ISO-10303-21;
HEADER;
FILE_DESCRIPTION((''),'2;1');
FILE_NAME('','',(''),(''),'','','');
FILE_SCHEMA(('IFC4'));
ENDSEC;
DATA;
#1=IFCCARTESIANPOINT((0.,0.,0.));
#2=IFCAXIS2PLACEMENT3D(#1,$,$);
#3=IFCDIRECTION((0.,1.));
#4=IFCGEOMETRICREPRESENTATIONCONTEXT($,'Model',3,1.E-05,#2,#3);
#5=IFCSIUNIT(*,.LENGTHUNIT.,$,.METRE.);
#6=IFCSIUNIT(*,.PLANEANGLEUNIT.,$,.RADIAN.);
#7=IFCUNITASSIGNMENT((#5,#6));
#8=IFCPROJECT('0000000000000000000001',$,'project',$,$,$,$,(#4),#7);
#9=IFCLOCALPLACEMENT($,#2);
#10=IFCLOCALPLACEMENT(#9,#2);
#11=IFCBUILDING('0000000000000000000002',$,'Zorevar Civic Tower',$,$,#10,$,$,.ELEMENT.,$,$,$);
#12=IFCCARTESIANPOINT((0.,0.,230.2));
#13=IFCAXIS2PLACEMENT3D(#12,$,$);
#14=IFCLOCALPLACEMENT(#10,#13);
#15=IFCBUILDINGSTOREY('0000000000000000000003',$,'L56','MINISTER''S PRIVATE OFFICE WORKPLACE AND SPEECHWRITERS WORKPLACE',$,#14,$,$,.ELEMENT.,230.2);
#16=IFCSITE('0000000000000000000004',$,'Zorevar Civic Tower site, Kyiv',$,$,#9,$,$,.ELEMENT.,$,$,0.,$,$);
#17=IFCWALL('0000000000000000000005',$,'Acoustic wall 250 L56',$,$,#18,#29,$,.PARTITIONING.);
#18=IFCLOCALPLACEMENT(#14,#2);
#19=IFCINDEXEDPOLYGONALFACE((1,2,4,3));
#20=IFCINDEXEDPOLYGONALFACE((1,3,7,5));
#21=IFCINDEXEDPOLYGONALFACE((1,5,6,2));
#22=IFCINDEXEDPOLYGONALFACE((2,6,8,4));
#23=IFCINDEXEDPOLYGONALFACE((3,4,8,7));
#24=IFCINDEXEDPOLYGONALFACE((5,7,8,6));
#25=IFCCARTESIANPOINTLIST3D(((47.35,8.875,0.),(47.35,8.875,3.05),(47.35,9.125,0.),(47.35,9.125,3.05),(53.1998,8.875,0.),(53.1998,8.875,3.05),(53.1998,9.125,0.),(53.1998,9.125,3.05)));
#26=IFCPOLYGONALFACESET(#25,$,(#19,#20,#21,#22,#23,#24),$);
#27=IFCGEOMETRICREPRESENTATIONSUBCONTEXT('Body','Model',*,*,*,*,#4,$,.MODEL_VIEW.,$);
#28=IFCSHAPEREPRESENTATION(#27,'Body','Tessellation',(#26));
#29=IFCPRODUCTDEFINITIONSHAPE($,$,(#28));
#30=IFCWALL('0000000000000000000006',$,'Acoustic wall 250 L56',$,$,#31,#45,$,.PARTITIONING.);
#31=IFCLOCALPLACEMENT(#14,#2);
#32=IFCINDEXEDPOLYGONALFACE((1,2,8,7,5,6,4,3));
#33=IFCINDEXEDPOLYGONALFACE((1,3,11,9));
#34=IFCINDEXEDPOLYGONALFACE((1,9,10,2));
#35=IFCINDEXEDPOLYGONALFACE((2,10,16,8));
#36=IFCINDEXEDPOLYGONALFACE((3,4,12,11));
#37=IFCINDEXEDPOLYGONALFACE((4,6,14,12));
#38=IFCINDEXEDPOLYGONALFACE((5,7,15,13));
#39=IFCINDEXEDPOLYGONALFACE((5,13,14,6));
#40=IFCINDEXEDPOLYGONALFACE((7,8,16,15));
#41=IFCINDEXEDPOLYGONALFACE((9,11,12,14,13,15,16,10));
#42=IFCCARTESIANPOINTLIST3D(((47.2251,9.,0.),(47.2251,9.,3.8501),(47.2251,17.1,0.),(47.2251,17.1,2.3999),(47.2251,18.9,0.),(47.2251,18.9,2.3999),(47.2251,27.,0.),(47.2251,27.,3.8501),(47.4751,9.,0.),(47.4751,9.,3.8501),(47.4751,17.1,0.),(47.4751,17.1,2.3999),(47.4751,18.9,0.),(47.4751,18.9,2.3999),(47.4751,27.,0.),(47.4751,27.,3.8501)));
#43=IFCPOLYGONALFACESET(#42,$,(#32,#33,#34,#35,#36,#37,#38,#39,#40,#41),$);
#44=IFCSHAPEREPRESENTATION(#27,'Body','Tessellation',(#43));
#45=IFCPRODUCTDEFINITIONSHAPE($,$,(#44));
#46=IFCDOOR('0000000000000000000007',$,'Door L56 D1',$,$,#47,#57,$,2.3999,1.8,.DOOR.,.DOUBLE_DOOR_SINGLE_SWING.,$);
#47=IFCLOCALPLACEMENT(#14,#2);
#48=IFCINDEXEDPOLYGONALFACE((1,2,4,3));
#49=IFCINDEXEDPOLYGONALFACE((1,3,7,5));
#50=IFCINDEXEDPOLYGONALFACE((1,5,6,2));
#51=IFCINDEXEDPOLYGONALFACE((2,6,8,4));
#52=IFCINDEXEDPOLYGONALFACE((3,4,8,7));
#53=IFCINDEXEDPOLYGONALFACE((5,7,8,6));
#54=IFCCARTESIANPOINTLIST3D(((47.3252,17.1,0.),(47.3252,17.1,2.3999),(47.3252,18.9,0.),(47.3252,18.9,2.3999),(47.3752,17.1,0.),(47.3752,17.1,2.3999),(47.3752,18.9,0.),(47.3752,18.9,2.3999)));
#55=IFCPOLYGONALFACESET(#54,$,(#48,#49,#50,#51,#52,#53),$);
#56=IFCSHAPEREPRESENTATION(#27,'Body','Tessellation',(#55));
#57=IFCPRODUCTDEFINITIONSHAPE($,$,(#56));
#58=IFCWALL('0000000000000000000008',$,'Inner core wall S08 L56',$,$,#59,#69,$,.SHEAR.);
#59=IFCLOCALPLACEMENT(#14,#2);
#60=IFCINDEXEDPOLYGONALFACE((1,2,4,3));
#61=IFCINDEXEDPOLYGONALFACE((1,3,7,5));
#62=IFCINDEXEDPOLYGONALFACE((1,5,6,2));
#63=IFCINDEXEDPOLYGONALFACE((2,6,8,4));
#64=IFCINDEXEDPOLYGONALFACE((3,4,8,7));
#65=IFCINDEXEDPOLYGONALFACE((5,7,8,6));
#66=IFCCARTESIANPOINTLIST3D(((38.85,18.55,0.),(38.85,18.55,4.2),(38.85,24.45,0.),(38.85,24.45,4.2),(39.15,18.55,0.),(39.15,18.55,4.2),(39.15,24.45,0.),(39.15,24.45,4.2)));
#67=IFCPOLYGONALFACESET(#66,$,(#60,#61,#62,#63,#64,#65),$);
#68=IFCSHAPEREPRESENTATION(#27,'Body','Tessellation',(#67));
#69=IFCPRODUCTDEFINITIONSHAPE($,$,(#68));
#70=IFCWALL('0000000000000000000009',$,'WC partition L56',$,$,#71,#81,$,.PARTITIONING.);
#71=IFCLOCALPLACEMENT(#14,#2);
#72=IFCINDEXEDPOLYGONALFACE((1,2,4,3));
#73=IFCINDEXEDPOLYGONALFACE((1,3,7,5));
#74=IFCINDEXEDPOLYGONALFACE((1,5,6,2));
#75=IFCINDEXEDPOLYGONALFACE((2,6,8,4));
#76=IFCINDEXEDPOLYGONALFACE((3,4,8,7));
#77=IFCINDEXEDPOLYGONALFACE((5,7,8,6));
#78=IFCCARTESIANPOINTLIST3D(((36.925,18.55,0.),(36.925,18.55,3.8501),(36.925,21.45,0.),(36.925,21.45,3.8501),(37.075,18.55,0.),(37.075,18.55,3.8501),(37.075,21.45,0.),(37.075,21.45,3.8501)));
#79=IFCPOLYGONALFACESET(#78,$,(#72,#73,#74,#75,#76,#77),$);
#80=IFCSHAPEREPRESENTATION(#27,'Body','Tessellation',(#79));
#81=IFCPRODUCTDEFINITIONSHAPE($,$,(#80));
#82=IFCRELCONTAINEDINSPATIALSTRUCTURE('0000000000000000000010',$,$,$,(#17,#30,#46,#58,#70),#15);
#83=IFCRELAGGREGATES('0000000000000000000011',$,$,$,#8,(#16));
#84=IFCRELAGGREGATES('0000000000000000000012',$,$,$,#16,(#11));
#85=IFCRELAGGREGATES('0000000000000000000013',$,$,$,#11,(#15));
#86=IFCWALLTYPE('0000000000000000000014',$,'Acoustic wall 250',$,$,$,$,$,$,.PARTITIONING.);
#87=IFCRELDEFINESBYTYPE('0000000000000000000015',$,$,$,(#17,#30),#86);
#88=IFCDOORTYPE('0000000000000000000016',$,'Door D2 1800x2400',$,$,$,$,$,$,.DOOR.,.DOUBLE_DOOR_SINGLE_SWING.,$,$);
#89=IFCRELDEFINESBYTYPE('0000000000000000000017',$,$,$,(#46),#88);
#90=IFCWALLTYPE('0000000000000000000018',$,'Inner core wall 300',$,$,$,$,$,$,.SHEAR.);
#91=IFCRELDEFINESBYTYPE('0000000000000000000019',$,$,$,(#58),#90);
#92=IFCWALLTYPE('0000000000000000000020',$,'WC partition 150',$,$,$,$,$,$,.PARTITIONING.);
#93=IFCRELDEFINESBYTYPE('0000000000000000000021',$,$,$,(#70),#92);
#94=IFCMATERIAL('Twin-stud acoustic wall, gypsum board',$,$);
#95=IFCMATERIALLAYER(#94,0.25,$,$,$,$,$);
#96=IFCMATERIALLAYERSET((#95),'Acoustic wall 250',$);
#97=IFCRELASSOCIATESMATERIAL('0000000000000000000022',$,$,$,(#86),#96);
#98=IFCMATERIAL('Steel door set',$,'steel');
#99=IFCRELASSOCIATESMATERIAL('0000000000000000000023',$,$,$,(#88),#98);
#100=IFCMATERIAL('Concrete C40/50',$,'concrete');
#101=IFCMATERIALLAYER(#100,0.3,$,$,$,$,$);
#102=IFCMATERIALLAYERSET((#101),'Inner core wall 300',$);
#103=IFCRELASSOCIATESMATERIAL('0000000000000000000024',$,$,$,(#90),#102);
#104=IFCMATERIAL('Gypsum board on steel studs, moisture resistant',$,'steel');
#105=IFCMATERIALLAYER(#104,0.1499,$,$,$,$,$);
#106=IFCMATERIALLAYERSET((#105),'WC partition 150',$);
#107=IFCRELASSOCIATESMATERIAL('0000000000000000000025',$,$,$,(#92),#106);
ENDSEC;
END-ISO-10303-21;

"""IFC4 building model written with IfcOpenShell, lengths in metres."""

from ifc_helpers import new_model, si_unit, direction, frame, frame_2d, origin, place, context, subcontext, project, spatial, rectangle, extrude, material, layer, layer_set, type_object, element, fill, save


model = new_model("IFC4")

# Units and contexts
model_context = context("Model", 3, precision=1e-05, world=origin(), true_north=direction((0.0, 1.0)))
body_context = subcontext(model_context, "Body", "Model", "MODEL_VIEW")
ifc_project = project(units=[si_unit("LENGTHUNIT", "METRE"), si_unit("PLANEANGLEUNIT", "RADIAN")], contexts=[model_context])

# Site, building, storey
site_placement = place(None, origin())
site = spatial("IfcSite", under=ifc_project, at=site_placement, Name="Zorevar Civic Tower site, Kyiv", CompositionType="ELEMENT", RefElevation=0.0)
building_placement = place(site_placement, origin())
building = spatial("IfcBuilding", under=site, at=building_placement, Name="Zorevar Civic Tower", CompositionType="ELEMENT")
storey_placement = place(building_placement, frame((0.0, 0.0, 230.2)))
storey = spatial("IfcBuildingStorey", under=building, at=storey_placement, Name="L56", Description="MINISTER'S PRIVATE OFFICE WORKPLACE AND SPEECHWRITERS WORKPLACE", CompositionType="ELEMENT", Elevation=230.2)

# Wall
ifc_material_1 = material(Name="Twin-stud acoustic wall, gypsum board")
ifc_layer_1 = layer(ifc_material_1, 0.25)
ifc_layer_set_1 = layer_set([ifc_layer_1], Name="Acoustic wall 250")
wall_type_1 = type_object("IfcWallType", Name="Acoustic wall 250", PredefinedType="PARTITIONING", material=ifc_layer_set_1)
wall_1_placement = place(storey_placement, frame((47.3501, 9.0, 0.0), z_axis=(0.0, 0.0, 1.0), x_axis=(1.0, 0.0, 0.0)))
element("IfcWall", 1, at=wall_1_placement, inside=storey, type_object=wall_type_1, Name="Acoustic wall 250 L56", PredefinedType="PARTITIONING", context=body_context, shape_type="SweptSolid", body=[
    extrude(rectangle(XDim=5.8499, YDim=0.25, at=frame_2d((2.9248, 0.0))), origin(), (0.0, 0.0, 1.0), 3.05),
])

# Wall, opening, door
wall_2_placement = place(storey_placement, frame((47.3501, 9.0, 0.0), z_axis=(0.0, 0.0, 1.0), x_axis=(0.0, 1.0, 0.0)))
wall_2 = element("IfcWall", 2, at=wall_2_placement, inside=storey, type_object=wall_type_1, Name="Acoustic wall 250 L56", PredefinedType="PARTITIONING", context=body_context, shape_type="SweptSolid", body=[
    extrude(rectangle(XDim=18.0, YDim=0.25, at=frame_2d((9.0, 0.0))), origin(), (0.0, 0.0, 1.0), 3.8501),
])
opening_1_placement = place(wall_2_placement, frame((8.1001, 0.0, 0.0)))
opening_1 = element("IfcOpeningElement", 3, at=opening_1_placement, cuts=wall_2, PredefinedType="OPENING", context=body_context, shape_type="SweptSolid", body=[
    extrude(rectangle(XDim=1.8, YDim=2.3999, at=frame_2d((0.8999, 1.2))), frame((0.0, 0.135, 0.0), z_axis=(0.0, -1.0, 0.0), x_axis=(1.0, 0.0, 0.0)), (0.0, 0.0, 1.0), 0.27),
])
ifc_material_2 = material(Name="Steel door set", Category="steel")
door_type_1 = type_object("IfcDoorType", Name="Door D2 1800x2400", OperationType="DOUBLE_DOOR_SINGLE_SWING", PredefinedType="DOOR", material=ifc_material_2)
door_1_placement = place(opening_1_placement, origin())
door_1 = element("IfcDoor", 4, at=door_1_placement, inside=storey, type_object=door_type_1, Name="Door L56 D1", OperationType="DOUBLE_DOOR_SINGLE_SWING", OverallHeight=2.3999, OverallWidth=1.8, PredefinedType="DOOR", context=body_context, shape_type="SweptSolid", body=[
    extrude(rectangle(XDim=1.8, YDim=2.3999, at=frame_2d((0.8999, 1.2))), frame((0.0, 0.0249, 0.0), z_axis=(0.0, -1.0, 0.0), x_axis=(1.0, 0.0, 0.0)), (0.0, 0.0, 1.0), 0.05),
])
fill(opening_1, door_1)

# Walls
ifc_material_3 = material(Name="Concrete C40/50", Category="concrete")
ifc_layer_2 = layer(ifc_material_3, 0.3)
ifc_layer_set_2 = layer_set([ifc_layer_2], Name="Inner core wall 300")
wall_type_2 = type_object("IfcWallType", Name="Inner core wall 300", PredefinedType="SHEAR", material=ifc_layer_set_2)
wall_3_placement = place(storey_placement, frame((39.0, 18.55, 0.0), z_axis=(0.0, 0.0, 1.0), x_axis=(0.0, 1.0, 0.0)))
element("IfcWall", 5, at=wall_3_placement, inside=storey, type_object=wall_type_2, Name="Inner core wall S08 L56", PredefinedType="SHEAR", context=body_context, shape_type="SweptSolid", body=[
    extrude(rectangle(XDim=5.8999, YDim=0.3, at=frame_2d((2.95, 0.0))), origin(), (0.0, 0.0, 1.0), 4.2),
])
ifc_material_4 = material(Name="Gypsum board on steel studs, moisture resistant", Category="steel")
ifc_layer_3 = layer(ifc_material_4, 0.1499)
ifc_layer_set_3 = layer_set([ifc_layer_3], Name="WC partition 150")
wall_type_3 = type_object("IfcWallType", Name="WC partition 150", PredefinedType="PARTITIONING", material=ifc_layer_set_3)
wall_4_placement = place(storey_placement, frame((37.0, 18.55, 0.0), z_axis=(0.0, 0.0, 1.0), x_axis=(0.0, 1.0, 0.0)))
element("IfcWall", 6, at=wall_4_placement, inside=storey, type_object=wall_type_3, Name="WC partition L56", PredefinedType="PARTITIONING", context=body_context, shape_type="SweptSolid", body=[
    extrude(rectangle(XDim=2.8999, YDim=0.1499, at=frame_2d((1.45, 0.0))), origin(), (0.0, 0.0, 1.0), 3.8501),
])

save(model, "model.ifc")
